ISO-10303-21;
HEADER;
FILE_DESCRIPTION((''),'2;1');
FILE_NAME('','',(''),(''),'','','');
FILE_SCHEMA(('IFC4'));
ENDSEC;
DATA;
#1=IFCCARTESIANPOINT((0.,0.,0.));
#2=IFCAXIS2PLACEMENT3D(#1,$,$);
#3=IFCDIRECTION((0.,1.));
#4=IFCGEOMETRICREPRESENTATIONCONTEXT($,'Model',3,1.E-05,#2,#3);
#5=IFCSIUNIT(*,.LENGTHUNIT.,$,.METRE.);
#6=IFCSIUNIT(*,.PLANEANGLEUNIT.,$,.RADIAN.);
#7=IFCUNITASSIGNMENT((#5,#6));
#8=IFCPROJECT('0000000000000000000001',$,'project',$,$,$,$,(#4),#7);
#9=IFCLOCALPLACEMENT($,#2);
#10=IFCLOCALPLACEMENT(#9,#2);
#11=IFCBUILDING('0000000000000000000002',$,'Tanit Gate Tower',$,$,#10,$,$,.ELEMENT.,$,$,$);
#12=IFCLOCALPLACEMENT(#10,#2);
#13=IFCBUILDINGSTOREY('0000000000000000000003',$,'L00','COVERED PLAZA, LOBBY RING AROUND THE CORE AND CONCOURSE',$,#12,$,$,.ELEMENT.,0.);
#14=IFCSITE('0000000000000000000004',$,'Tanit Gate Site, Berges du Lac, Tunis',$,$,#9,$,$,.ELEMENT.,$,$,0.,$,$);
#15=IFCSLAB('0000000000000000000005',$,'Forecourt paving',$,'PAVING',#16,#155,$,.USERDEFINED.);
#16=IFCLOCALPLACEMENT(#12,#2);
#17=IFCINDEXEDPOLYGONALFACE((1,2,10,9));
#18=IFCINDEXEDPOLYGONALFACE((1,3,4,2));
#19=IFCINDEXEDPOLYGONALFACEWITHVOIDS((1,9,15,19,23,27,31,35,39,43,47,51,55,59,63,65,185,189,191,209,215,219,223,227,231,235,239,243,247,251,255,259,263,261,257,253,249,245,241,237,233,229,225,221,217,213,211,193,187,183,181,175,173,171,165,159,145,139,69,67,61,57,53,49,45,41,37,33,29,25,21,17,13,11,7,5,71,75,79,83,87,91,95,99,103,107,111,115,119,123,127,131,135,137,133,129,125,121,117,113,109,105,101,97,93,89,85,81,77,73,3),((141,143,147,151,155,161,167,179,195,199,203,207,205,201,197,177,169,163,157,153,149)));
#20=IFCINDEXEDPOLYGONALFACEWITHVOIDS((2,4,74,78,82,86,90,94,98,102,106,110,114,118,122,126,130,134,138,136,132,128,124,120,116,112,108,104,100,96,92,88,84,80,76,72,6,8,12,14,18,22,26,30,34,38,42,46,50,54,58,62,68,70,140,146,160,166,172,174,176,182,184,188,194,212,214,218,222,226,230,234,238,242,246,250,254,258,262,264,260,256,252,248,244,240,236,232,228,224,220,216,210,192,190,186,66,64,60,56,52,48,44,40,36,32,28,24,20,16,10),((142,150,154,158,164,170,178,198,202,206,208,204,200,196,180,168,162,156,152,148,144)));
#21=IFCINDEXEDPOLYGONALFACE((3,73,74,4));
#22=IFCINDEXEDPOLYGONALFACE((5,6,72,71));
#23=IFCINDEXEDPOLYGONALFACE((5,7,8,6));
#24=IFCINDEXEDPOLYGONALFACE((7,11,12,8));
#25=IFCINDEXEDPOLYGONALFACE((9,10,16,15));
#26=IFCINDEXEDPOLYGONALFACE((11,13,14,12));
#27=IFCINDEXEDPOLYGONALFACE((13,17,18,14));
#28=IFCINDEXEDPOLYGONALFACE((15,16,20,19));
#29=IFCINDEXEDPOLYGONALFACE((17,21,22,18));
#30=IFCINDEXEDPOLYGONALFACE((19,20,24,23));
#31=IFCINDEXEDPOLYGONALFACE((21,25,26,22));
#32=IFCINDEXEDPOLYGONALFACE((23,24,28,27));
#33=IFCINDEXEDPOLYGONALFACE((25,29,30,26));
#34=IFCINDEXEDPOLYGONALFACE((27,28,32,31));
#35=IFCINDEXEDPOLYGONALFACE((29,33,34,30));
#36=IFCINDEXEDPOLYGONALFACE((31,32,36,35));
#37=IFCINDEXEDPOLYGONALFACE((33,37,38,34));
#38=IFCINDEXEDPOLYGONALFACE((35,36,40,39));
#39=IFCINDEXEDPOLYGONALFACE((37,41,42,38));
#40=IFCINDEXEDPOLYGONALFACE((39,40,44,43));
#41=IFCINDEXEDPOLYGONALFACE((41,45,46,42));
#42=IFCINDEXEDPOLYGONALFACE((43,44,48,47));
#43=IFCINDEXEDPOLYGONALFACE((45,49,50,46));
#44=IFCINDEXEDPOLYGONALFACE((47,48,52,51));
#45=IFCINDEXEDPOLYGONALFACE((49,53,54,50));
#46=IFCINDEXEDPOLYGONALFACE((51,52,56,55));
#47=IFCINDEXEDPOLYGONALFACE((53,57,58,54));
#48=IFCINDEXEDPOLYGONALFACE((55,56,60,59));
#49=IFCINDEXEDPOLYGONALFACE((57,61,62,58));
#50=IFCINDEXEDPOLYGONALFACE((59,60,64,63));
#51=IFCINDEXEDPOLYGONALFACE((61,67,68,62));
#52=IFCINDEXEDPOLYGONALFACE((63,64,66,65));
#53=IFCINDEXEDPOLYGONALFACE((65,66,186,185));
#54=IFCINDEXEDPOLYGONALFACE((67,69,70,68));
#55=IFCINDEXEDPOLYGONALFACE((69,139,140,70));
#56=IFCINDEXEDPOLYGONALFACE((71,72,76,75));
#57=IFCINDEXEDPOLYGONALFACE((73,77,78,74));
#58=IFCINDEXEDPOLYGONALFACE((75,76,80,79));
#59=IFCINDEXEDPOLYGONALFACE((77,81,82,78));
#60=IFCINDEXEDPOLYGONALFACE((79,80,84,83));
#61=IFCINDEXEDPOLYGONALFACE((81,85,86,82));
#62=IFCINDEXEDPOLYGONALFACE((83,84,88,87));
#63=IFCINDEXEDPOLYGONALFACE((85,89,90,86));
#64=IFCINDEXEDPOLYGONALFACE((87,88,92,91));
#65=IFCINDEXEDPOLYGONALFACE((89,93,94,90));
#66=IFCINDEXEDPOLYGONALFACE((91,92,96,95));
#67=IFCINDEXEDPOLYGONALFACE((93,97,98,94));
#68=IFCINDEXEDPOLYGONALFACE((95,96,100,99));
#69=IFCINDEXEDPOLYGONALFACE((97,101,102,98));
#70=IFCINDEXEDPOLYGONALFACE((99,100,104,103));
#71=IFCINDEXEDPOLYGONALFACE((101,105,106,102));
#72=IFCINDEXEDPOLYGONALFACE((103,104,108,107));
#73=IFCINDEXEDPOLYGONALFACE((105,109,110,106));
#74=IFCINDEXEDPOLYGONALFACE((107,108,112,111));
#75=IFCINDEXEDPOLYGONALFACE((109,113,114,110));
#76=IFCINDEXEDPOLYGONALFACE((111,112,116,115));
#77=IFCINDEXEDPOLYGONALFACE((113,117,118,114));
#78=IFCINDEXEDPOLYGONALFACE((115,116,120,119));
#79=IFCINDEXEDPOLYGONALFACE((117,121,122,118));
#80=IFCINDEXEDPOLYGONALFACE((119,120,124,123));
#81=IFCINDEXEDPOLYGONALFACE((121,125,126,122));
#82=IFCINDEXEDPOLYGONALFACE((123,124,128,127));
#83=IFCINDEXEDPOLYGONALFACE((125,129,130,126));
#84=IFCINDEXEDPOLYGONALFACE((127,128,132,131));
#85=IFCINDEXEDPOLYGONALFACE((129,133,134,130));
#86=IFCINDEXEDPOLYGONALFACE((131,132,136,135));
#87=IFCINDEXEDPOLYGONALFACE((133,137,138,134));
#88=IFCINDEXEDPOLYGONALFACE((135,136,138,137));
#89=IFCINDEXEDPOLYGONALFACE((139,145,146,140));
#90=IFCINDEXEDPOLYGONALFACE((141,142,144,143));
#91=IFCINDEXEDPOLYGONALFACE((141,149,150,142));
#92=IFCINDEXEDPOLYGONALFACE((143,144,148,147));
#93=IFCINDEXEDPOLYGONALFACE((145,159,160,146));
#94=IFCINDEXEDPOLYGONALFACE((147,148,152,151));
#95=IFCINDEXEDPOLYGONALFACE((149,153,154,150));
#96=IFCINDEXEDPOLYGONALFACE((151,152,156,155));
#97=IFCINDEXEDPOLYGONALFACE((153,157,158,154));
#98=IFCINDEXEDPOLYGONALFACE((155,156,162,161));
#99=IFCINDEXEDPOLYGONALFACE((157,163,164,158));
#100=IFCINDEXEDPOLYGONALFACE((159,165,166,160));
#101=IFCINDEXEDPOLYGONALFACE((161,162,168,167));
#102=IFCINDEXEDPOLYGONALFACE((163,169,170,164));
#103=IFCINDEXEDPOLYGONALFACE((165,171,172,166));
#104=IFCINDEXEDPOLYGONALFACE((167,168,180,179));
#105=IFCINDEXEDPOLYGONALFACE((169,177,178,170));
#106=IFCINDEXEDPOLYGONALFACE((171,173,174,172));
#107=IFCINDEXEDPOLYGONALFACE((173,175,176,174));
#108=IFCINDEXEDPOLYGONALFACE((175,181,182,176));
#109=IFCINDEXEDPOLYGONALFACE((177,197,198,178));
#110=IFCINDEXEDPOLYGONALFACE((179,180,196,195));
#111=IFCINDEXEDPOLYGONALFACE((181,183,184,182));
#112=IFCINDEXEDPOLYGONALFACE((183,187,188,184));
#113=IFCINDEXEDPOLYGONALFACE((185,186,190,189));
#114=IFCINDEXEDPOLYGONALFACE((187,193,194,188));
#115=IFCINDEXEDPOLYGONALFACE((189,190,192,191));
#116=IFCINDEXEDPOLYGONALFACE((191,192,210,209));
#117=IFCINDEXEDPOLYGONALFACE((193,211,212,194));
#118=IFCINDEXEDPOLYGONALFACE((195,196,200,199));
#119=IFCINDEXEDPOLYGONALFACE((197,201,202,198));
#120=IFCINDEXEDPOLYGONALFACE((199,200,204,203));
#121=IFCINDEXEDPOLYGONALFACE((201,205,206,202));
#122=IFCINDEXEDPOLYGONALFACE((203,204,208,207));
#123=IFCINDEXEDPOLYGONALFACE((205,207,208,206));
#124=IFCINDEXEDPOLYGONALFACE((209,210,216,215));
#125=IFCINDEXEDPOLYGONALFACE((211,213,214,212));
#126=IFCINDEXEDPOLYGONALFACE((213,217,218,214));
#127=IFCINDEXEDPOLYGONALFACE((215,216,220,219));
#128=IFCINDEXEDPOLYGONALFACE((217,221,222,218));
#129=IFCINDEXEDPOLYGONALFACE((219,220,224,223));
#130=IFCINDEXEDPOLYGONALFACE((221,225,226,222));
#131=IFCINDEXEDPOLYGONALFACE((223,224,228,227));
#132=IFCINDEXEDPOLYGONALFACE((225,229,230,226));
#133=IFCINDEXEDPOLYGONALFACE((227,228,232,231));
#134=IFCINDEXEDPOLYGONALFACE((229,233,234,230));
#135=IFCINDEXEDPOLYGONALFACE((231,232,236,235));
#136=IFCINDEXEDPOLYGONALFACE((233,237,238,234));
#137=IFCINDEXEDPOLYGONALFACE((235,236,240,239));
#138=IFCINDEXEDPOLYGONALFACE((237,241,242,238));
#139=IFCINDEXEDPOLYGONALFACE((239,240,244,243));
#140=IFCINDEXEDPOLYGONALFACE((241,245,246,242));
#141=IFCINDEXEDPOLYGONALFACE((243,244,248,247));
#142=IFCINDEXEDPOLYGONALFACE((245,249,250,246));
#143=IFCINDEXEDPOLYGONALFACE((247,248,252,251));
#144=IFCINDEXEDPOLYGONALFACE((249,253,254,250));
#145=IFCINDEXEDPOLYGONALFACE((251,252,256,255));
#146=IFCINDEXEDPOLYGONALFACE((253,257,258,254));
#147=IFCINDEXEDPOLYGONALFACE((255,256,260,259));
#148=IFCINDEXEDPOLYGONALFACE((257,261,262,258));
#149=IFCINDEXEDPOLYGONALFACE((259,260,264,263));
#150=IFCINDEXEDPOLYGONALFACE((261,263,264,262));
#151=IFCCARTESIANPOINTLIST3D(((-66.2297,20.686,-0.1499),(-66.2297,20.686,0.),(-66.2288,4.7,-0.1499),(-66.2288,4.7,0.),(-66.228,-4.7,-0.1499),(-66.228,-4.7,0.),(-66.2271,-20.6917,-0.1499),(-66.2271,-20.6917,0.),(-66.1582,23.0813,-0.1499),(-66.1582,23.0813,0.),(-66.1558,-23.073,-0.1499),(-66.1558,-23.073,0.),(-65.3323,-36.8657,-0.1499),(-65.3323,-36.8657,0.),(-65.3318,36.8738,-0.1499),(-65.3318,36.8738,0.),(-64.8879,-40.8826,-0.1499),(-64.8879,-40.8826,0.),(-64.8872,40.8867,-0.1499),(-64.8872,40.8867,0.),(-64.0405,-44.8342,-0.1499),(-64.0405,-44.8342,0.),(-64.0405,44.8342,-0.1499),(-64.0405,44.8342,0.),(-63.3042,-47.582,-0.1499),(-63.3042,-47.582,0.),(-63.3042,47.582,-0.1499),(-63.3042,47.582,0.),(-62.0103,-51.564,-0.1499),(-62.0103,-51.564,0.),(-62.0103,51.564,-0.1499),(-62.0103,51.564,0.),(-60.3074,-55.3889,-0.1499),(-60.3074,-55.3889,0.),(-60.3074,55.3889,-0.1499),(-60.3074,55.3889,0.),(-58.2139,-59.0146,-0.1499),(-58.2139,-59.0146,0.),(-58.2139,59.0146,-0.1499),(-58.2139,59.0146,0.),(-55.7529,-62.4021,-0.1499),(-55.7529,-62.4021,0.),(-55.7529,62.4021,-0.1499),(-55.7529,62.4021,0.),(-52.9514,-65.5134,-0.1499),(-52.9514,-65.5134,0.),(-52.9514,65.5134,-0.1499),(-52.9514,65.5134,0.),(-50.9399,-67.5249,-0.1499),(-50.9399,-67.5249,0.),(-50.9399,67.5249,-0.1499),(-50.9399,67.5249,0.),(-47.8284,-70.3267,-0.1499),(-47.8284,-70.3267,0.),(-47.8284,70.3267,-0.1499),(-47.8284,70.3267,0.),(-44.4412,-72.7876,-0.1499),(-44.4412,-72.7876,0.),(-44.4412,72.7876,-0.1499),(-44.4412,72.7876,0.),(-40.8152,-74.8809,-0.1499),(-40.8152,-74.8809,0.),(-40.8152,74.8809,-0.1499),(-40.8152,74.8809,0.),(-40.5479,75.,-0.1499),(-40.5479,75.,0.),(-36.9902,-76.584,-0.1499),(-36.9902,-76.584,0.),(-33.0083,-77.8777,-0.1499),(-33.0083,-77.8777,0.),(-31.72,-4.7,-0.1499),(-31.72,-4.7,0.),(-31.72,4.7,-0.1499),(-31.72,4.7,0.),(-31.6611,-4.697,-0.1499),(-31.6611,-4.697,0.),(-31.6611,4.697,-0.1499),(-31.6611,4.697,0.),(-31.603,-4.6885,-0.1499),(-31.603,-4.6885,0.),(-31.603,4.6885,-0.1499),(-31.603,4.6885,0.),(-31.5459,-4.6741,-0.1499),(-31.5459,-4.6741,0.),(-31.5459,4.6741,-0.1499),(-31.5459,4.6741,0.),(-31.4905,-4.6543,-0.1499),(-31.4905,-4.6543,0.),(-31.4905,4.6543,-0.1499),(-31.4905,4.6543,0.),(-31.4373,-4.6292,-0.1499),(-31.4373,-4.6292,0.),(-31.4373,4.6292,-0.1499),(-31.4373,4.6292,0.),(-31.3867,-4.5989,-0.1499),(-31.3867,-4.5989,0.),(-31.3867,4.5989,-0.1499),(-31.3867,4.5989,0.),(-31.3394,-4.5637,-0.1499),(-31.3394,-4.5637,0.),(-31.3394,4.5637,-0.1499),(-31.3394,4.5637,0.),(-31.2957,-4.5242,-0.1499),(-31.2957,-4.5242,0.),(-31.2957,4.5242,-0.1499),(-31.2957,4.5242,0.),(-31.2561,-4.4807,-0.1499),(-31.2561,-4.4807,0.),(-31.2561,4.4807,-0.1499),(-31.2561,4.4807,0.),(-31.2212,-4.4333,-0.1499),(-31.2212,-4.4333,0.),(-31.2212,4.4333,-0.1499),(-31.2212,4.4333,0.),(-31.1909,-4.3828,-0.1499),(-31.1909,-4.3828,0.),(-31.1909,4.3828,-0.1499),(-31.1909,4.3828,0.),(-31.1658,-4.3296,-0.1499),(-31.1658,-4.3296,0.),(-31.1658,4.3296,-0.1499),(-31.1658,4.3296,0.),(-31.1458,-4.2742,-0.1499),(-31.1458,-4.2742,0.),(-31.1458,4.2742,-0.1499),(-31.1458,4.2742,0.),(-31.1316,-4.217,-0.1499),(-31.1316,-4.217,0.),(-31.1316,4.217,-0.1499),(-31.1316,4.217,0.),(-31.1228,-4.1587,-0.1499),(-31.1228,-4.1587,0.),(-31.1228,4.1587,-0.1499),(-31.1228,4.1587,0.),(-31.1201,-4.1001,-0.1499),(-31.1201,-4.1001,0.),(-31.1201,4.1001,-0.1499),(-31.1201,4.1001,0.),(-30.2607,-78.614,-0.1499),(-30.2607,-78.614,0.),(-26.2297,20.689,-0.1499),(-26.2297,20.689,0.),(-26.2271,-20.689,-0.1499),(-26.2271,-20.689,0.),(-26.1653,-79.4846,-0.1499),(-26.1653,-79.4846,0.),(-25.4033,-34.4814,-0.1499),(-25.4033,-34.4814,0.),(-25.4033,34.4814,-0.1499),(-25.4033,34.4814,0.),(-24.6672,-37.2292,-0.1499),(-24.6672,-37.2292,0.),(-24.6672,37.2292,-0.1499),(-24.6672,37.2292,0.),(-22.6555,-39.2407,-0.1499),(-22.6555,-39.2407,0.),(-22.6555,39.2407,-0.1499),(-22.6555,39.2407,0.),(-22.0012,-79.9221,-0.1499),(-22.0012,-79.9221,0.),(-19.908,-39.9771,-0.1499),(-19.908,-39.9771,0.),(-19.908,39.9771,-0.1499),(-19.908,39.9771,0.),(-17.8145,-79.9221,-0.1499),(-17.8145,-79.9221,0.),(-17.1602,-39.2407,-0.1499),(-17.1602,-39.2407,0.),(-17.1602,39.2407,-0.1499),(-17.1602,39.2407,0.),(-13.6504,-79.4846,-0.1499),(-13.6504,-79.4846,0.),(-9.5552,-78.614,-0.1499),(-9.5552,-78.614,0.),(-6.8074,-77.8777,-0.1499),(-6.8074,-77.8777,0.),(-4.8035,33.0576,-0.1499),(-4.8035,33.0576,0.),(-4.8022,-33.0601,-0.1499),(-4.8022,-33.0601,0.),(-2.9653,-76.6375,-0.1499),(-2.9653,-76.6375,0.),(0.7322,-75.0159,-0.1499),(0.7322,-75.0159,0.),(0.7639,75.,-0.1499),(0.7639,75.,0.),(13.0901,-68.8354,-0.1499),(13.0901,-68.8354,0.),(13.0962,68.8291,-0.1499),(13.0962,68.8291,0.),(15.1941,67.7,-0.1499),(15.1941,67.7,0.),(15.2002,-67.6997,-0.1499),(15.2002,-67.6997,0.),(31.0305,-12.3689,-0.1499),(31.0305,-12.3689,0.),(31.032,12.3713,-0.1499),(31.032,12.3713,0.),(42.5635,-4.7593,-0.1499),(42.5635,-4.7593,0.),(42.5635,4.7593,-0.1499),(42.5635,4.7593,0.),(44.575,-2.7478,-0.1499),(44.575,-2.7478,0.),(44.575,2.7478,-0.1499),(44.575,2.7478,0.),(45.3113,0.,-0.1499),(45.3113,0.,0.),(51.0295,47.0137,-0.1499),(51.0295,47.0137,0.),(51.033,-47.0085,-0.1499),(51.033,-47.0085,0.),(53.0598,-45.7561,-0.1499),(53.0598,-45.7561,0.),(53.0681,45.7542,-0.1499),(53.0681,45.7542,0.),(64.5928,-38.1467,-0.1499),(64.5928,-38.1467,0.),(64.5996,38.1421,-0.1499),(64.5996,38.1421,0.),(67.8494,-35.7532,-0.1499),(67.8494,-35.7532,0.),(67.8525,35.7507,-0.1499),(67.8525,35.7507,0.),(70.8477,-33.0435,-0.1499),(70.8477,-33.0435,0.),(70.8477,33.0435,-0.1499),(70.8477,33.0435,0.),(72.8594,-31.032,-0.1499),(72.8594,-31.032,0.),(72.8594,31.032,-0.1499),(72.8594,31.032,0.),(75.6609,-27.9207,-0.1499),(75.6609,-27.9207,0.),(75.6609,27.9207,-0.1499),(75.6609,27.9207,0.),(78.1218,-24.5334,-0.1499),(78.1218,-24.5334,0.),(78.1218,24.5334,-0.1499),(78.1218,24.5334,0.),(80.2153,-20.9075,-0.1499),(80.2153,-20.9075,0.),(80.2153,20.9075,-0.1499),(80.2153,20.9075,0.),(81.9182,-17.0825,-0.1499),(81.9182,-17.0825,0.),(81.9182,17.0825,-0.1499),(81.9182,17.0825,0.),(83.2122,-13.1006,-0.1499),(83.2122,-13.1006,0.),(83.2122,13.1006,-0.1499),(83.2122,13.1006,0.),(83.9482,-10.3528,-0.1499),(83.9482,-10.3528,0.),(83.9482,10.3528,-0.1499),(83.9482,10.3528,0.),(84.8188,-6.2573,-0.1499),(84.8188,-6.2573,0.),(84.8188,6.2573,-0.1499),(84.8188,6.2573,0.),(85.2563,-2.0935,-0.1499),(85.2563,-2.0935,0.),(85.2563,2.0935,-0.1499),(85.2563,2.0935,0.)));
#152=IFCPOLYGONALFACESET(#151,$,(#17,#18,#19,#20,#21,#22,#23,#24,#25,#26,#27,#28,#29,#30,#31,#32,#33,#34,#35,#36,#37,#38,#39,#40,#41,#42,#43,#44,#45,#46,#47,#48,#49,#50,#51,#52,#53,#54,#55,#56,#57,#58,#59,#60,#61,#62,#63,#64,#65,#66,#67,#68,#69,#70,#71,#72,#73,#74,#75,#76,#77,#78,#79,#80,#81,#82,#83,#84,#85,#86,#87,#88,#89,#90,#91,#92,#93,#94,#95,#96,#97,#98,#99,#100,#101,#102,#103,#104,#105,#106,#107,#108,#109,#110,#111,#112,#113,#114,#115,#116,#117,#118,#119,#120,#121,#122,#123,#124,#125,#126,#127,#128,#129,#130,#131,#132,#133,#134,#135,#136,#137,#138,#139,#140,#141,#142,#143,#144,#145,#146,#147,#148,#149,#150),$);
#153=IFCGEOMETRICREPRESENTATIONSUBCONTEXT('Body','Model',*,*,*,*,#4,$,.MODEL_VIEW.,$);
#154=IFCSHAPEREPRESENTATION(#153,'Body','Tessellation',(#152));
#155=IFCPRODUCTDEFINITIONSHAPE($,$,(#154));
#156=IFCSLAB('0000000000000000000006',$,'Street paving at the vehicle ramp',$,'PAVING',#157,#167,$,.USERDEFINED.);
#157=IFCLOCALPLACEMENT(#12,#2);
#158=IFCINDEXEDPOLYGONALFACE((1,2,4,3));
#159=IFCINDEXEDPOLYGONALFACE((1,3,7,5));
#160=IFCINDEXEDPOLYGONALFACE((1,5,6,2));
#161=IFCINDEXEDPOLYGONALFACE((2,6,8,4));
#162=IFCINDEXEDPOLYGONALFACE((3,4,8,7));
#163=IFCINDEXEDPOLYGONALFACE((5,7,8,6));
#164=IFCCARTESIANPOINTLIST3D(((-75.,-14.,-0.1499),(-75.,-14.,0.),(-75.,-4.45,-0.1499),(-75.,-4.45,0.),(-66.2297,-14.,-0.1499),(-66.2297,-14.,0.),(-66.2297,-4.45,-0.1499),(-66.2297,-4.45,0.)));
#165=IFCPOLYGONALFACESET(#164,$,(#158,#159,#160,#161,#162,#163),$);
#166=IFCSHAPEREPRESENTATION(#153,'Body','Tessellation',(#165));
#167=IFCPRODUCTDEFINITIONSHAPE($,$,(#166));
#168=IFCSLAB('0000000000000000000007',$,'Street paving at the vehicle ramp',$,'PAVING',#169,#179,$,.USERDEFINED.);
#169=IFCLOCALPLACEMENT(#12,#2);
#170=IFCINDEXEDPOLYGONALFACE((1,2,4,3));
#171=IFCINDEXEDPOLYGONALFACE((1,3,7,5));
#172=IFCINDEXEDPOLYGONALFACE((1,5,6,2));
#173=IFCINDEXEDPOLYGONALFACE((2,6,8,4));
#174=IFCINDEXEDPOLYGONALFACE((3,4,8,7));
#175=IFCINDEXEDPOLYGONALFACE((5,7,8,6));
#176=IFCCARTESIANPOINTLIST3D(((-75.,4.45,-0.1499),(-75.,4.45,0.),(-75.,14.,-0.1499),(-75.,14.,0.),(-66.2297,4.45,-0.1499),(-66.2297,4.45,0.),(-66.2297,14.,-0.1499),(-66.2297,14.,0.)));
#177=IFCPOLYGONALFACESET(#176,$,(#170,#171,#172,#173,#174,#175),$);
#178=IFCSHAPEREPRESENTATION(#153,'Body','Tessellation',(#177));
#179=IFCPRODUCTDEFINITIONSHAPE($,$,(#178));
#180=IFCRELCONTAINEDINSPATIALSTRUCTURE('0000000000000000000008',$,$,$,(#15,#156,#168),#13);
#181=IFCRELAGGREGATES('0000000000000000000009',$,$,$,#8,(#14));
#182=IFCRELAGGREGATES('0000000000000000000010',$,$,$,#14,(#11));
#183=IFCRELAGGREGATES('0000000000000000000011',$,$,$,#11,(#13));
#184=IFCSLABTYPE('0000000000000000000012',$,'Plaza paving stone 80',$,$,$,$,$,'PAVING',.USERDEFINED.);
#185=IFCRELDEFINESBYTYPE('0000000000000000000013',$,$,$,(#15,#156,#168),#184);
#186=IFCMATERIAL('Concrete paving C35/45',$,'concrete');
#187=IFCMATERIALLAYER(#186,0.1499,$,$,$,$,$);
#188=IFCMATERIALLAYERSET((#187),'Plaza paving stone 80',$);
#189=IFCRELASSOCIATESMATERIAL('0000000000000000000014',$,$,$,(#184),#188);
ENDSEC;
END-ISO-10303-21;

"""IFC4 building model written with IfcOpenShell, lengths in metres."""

from ifc_helpers import new_model, si_unit, direction, frame, origin, place, context, subcontext, project, spatial, polyline, outline, extrude, material, layer, layer_set, type_object, element, save


model = new_model("IFC4")

# Units and contexts
model_context = context("Model", 3, precision=1e-05, world=origin(), true_north=direction((0.0, 1.0)))
body_context = subcontext(model_context, "Body", "Model", "MODEL_VIEW")
ifc_project = project(units=[si_unit("LENGTHUNIT", "METRE"), si_unit("PLANEANGLEUNIT", "RADIAN")], contexts=[model_context])

# Site, building, storey
site_placement = place(None, origin())
site = spatial("IfcSite", under=ifc_project, at=site_placement, Name="Tanit Gate Site, Berges du Lac, Tunis", CompositionType="ELEMENT", RefElevation=0.0)
building_placement = place(site_placement, origin())
building = spatial("IfcBuilding", under=site, at=building_placement, Name="Tanit Gate Tower", CompositionType="ELEMENT")
storey_placement = place(building_placement, origin())
storey = spatial("IfcBuildingStorey", under=building, at=storey_placement, Name="L00", Description="COVERED PLAZA, LOBBY RING AROUND THE CORE AND CONCOURSE", CompositionType="ELEMENT", Elevation=0.0)

# Slabs
ifc_material_1 = material(Name="Concrete paving C35/45", Category="concrete")
ifc_layer_1 = layer(ifc_material_1, 0.1499)
ifc_layer_set_1 = layer_set([ifc_layer_1], Name="Plaza paving stone 80")
slab_type_1 = type_object("IfcSlabType", Name="Plaza paving stone 80", ElementType="PAVING", PredefinedType="USERDEFINED", material=ifc_layer_set_1)
slab_1_placement = place(storey_placement, frame((0.0, 0.0, -0.1499)))
element("IfcSlab", 1, at=slab_1_placement, inside=storey, type_object=slab_type_1, Name="Forecourt paving", ObjectType="PAVING", PredefinedType="USERDEFINED", context=body_context, shape_type="SweptSolid", body=[
    extrude(outline(polyline([(15.1941, 67.7), (51.0295, 47.0137), (53.0681, 45.7542), (64.5996, 38.1421), (67.8525, 35.7507), (70.8477, 33.0435), (72.8594, 31.032), (75.6609, 27.9207), (78.1218, 24.5334), (80.2153, 20.9075), (81.9182, 17.0825), (83.2122, 13.1006), (83.9482, 10.3528), (84.8188, 6.2573), (85.2563, 2.0935), (85.2563, -2.0935), (84.8188, -6.2573), (83.9482, -10.3528), (83.2122, -13.1006), (81.9182, -17.0825), (80.2153, -20.9075), (78.1218, -24.5334), (75.6609, -27.9207), (72.8594, -31.032), (70.8477, -33.0435), (67.8494, -35.7532), (64.5928, -38.1467), (53.0598, -45.7561), (51.033, -47.0085), (15.2002, -67.6997), (13.0901, -68.8354), (0.7322, -75.0159), (-2.9653, -76.6375), (-6.8074, -77.8777), (-9.5552, -78.614), (-13.6504, -79.4846), (-17.8145, -79.9221), (-22.0012, -79.9221), (-26.1653, -79.4846), (-30.2607, -78.614), (-33.0083, -77.8777), (-36.9902, -76.584), (-40.8152, -74.8809), (-44.4412, -72.7876), (-47.8284, -70.3267), (-50.9399, -67.5249), (-52.9514, -65.5134), (-55.7529, -62.4021), (-58.2139, -59.0146), (-60.3074, -55.3889), (-62.0103, -51.564), (-63.3042, -47.582), (-64.0405, -44.8342), (-64.8879, -40.8826), (-65.3323, -36.8657), (-66.1558, -23.073), (-66.2271, -20.6917), (-66.228, -4.7), (-31.72, -4.7), (-31.6611, -4.697), (-31.603, -4.6885), (-31.5459, -4.6741), (-31.4905, -4.6543), (-31.4373, -4.6292), (-31.3867, -4.5989), (-31.3394, -4.5637), (-31.2957, -4.5242), (-31.2561, -4.4807), (-31.2212, -4.4333), (-31.1909, -4.3828), (-31.1658, -4.3296), (-31.1458, -4.2742), (-31.1316, -4.217), (-31.1228, -4.1587), (-31.1201, -4.1001), (-31.1201, 4.1001), (-31.1228, 4.1587), (-31.1316, 4.217), (-31.1458, 4.2742), (-31.1658, 4.3296), (-31.1909, 4.3828), (-31.2212, 4.4333), (-31.2561, 4.4807), (-31.2957, 4.5242), (-31.3394, 4.5637), (-31.3867, 4.5989), (-31.4373, 4.6292), (-31.4905, 4.6543), (-31.5459, 4.6741), (-31.603, 4.6885), (-31.6611, 4.697), (-31.72, 4.7), (-66.2288, 4.7), (-66.2297, 20.686), (-66.1582, 23.0813), (-65.3318, 36.8738), (-64.8872, 40.8867), (-64.0405, 44.8342), (-63.3042, 47.582), (-62.0103, 51.564), (-60.3074, 55.3889), (-58.2139, 59.0146), (-55.7529, 62.4021), (-52.9514, 65.5134), (-50.9399, 67.5249), (-47.8284, 70.3267), (-44.4412, 72.7876), (-40.8152, 74.8809), (-40.5479, 75.0), (0.7639, 75.0), (13.0962, 68.8291), (15.1941, 67.7)]), holes=[polyline([(-4.8035, 33.0576), (-17.1602, 39.2407), (-19.908, 39.9771), (-22.6555, 39.2407), (-24.6672, 37.2292), (-25.4033, 34.4814), (-26.2297, 20.689), (-26.2271, -20.689), (-25.4033, -34.4814), (-24.6672, -37.2292), (-22.6555, -39.2407), (-19.908, -39.9771), (-17.1602, -39.2407), (-4.8022, -33.0601), (31.0305, -12.3689), (42.5635, -4.7593), (44.575, -2.7478), (45.3113, 0.0), (44.575, 2.7478), (42.5635, 4.7593), (31.032, 12.3713), (-4.8035, 33.0576)])]), origin(), (0.0, 0.0, 1.0), 0.1499),
])
slab_2_placement = place(storey_placement, frame((0.0, 0.0, -0.1499)))
element("IfcSlab", 2, at=slab_2_placement, inside=storey, type_object=slab_type_1, Name="Street paving at the vehicle ramp", ObjectType="PAVING", PredefinedType="USERDEFINED", context=body_context, shape_type="SweptSolid", body=[
    extrude(outline(polyline([(-66.2297, -14.0), (-75.0, -14.0), (-75.0, -4.45), (-66.2297, -4.45), (-66.2297, -14.0)])), origin(), (0.0, 0.0, 1.0), 0.1499),
])
slab_3_placement = place(storey_placement, frame((0.0, 0.0, -0.1499)))
element("IfcSlab", 3, at=slab_3_placement, inside=storey, type_object=slab_type_1, Name="Street paving at the vehicle ramp", ObjectType="PAVING", PredefinedType="USERDEFINED", context=body_context, shape_type="SweptSolid", body=[
    extrude(outline(polyline([(-75.0, 14.0), (-66.2297, 14.0), (-66.2297, 4.45), (-75.0, 4.45), (-75.0, 14.0)])), origin(), (0.0, 0.0, 1.0), 0.1499),
])

save(model, "model.ifc")
